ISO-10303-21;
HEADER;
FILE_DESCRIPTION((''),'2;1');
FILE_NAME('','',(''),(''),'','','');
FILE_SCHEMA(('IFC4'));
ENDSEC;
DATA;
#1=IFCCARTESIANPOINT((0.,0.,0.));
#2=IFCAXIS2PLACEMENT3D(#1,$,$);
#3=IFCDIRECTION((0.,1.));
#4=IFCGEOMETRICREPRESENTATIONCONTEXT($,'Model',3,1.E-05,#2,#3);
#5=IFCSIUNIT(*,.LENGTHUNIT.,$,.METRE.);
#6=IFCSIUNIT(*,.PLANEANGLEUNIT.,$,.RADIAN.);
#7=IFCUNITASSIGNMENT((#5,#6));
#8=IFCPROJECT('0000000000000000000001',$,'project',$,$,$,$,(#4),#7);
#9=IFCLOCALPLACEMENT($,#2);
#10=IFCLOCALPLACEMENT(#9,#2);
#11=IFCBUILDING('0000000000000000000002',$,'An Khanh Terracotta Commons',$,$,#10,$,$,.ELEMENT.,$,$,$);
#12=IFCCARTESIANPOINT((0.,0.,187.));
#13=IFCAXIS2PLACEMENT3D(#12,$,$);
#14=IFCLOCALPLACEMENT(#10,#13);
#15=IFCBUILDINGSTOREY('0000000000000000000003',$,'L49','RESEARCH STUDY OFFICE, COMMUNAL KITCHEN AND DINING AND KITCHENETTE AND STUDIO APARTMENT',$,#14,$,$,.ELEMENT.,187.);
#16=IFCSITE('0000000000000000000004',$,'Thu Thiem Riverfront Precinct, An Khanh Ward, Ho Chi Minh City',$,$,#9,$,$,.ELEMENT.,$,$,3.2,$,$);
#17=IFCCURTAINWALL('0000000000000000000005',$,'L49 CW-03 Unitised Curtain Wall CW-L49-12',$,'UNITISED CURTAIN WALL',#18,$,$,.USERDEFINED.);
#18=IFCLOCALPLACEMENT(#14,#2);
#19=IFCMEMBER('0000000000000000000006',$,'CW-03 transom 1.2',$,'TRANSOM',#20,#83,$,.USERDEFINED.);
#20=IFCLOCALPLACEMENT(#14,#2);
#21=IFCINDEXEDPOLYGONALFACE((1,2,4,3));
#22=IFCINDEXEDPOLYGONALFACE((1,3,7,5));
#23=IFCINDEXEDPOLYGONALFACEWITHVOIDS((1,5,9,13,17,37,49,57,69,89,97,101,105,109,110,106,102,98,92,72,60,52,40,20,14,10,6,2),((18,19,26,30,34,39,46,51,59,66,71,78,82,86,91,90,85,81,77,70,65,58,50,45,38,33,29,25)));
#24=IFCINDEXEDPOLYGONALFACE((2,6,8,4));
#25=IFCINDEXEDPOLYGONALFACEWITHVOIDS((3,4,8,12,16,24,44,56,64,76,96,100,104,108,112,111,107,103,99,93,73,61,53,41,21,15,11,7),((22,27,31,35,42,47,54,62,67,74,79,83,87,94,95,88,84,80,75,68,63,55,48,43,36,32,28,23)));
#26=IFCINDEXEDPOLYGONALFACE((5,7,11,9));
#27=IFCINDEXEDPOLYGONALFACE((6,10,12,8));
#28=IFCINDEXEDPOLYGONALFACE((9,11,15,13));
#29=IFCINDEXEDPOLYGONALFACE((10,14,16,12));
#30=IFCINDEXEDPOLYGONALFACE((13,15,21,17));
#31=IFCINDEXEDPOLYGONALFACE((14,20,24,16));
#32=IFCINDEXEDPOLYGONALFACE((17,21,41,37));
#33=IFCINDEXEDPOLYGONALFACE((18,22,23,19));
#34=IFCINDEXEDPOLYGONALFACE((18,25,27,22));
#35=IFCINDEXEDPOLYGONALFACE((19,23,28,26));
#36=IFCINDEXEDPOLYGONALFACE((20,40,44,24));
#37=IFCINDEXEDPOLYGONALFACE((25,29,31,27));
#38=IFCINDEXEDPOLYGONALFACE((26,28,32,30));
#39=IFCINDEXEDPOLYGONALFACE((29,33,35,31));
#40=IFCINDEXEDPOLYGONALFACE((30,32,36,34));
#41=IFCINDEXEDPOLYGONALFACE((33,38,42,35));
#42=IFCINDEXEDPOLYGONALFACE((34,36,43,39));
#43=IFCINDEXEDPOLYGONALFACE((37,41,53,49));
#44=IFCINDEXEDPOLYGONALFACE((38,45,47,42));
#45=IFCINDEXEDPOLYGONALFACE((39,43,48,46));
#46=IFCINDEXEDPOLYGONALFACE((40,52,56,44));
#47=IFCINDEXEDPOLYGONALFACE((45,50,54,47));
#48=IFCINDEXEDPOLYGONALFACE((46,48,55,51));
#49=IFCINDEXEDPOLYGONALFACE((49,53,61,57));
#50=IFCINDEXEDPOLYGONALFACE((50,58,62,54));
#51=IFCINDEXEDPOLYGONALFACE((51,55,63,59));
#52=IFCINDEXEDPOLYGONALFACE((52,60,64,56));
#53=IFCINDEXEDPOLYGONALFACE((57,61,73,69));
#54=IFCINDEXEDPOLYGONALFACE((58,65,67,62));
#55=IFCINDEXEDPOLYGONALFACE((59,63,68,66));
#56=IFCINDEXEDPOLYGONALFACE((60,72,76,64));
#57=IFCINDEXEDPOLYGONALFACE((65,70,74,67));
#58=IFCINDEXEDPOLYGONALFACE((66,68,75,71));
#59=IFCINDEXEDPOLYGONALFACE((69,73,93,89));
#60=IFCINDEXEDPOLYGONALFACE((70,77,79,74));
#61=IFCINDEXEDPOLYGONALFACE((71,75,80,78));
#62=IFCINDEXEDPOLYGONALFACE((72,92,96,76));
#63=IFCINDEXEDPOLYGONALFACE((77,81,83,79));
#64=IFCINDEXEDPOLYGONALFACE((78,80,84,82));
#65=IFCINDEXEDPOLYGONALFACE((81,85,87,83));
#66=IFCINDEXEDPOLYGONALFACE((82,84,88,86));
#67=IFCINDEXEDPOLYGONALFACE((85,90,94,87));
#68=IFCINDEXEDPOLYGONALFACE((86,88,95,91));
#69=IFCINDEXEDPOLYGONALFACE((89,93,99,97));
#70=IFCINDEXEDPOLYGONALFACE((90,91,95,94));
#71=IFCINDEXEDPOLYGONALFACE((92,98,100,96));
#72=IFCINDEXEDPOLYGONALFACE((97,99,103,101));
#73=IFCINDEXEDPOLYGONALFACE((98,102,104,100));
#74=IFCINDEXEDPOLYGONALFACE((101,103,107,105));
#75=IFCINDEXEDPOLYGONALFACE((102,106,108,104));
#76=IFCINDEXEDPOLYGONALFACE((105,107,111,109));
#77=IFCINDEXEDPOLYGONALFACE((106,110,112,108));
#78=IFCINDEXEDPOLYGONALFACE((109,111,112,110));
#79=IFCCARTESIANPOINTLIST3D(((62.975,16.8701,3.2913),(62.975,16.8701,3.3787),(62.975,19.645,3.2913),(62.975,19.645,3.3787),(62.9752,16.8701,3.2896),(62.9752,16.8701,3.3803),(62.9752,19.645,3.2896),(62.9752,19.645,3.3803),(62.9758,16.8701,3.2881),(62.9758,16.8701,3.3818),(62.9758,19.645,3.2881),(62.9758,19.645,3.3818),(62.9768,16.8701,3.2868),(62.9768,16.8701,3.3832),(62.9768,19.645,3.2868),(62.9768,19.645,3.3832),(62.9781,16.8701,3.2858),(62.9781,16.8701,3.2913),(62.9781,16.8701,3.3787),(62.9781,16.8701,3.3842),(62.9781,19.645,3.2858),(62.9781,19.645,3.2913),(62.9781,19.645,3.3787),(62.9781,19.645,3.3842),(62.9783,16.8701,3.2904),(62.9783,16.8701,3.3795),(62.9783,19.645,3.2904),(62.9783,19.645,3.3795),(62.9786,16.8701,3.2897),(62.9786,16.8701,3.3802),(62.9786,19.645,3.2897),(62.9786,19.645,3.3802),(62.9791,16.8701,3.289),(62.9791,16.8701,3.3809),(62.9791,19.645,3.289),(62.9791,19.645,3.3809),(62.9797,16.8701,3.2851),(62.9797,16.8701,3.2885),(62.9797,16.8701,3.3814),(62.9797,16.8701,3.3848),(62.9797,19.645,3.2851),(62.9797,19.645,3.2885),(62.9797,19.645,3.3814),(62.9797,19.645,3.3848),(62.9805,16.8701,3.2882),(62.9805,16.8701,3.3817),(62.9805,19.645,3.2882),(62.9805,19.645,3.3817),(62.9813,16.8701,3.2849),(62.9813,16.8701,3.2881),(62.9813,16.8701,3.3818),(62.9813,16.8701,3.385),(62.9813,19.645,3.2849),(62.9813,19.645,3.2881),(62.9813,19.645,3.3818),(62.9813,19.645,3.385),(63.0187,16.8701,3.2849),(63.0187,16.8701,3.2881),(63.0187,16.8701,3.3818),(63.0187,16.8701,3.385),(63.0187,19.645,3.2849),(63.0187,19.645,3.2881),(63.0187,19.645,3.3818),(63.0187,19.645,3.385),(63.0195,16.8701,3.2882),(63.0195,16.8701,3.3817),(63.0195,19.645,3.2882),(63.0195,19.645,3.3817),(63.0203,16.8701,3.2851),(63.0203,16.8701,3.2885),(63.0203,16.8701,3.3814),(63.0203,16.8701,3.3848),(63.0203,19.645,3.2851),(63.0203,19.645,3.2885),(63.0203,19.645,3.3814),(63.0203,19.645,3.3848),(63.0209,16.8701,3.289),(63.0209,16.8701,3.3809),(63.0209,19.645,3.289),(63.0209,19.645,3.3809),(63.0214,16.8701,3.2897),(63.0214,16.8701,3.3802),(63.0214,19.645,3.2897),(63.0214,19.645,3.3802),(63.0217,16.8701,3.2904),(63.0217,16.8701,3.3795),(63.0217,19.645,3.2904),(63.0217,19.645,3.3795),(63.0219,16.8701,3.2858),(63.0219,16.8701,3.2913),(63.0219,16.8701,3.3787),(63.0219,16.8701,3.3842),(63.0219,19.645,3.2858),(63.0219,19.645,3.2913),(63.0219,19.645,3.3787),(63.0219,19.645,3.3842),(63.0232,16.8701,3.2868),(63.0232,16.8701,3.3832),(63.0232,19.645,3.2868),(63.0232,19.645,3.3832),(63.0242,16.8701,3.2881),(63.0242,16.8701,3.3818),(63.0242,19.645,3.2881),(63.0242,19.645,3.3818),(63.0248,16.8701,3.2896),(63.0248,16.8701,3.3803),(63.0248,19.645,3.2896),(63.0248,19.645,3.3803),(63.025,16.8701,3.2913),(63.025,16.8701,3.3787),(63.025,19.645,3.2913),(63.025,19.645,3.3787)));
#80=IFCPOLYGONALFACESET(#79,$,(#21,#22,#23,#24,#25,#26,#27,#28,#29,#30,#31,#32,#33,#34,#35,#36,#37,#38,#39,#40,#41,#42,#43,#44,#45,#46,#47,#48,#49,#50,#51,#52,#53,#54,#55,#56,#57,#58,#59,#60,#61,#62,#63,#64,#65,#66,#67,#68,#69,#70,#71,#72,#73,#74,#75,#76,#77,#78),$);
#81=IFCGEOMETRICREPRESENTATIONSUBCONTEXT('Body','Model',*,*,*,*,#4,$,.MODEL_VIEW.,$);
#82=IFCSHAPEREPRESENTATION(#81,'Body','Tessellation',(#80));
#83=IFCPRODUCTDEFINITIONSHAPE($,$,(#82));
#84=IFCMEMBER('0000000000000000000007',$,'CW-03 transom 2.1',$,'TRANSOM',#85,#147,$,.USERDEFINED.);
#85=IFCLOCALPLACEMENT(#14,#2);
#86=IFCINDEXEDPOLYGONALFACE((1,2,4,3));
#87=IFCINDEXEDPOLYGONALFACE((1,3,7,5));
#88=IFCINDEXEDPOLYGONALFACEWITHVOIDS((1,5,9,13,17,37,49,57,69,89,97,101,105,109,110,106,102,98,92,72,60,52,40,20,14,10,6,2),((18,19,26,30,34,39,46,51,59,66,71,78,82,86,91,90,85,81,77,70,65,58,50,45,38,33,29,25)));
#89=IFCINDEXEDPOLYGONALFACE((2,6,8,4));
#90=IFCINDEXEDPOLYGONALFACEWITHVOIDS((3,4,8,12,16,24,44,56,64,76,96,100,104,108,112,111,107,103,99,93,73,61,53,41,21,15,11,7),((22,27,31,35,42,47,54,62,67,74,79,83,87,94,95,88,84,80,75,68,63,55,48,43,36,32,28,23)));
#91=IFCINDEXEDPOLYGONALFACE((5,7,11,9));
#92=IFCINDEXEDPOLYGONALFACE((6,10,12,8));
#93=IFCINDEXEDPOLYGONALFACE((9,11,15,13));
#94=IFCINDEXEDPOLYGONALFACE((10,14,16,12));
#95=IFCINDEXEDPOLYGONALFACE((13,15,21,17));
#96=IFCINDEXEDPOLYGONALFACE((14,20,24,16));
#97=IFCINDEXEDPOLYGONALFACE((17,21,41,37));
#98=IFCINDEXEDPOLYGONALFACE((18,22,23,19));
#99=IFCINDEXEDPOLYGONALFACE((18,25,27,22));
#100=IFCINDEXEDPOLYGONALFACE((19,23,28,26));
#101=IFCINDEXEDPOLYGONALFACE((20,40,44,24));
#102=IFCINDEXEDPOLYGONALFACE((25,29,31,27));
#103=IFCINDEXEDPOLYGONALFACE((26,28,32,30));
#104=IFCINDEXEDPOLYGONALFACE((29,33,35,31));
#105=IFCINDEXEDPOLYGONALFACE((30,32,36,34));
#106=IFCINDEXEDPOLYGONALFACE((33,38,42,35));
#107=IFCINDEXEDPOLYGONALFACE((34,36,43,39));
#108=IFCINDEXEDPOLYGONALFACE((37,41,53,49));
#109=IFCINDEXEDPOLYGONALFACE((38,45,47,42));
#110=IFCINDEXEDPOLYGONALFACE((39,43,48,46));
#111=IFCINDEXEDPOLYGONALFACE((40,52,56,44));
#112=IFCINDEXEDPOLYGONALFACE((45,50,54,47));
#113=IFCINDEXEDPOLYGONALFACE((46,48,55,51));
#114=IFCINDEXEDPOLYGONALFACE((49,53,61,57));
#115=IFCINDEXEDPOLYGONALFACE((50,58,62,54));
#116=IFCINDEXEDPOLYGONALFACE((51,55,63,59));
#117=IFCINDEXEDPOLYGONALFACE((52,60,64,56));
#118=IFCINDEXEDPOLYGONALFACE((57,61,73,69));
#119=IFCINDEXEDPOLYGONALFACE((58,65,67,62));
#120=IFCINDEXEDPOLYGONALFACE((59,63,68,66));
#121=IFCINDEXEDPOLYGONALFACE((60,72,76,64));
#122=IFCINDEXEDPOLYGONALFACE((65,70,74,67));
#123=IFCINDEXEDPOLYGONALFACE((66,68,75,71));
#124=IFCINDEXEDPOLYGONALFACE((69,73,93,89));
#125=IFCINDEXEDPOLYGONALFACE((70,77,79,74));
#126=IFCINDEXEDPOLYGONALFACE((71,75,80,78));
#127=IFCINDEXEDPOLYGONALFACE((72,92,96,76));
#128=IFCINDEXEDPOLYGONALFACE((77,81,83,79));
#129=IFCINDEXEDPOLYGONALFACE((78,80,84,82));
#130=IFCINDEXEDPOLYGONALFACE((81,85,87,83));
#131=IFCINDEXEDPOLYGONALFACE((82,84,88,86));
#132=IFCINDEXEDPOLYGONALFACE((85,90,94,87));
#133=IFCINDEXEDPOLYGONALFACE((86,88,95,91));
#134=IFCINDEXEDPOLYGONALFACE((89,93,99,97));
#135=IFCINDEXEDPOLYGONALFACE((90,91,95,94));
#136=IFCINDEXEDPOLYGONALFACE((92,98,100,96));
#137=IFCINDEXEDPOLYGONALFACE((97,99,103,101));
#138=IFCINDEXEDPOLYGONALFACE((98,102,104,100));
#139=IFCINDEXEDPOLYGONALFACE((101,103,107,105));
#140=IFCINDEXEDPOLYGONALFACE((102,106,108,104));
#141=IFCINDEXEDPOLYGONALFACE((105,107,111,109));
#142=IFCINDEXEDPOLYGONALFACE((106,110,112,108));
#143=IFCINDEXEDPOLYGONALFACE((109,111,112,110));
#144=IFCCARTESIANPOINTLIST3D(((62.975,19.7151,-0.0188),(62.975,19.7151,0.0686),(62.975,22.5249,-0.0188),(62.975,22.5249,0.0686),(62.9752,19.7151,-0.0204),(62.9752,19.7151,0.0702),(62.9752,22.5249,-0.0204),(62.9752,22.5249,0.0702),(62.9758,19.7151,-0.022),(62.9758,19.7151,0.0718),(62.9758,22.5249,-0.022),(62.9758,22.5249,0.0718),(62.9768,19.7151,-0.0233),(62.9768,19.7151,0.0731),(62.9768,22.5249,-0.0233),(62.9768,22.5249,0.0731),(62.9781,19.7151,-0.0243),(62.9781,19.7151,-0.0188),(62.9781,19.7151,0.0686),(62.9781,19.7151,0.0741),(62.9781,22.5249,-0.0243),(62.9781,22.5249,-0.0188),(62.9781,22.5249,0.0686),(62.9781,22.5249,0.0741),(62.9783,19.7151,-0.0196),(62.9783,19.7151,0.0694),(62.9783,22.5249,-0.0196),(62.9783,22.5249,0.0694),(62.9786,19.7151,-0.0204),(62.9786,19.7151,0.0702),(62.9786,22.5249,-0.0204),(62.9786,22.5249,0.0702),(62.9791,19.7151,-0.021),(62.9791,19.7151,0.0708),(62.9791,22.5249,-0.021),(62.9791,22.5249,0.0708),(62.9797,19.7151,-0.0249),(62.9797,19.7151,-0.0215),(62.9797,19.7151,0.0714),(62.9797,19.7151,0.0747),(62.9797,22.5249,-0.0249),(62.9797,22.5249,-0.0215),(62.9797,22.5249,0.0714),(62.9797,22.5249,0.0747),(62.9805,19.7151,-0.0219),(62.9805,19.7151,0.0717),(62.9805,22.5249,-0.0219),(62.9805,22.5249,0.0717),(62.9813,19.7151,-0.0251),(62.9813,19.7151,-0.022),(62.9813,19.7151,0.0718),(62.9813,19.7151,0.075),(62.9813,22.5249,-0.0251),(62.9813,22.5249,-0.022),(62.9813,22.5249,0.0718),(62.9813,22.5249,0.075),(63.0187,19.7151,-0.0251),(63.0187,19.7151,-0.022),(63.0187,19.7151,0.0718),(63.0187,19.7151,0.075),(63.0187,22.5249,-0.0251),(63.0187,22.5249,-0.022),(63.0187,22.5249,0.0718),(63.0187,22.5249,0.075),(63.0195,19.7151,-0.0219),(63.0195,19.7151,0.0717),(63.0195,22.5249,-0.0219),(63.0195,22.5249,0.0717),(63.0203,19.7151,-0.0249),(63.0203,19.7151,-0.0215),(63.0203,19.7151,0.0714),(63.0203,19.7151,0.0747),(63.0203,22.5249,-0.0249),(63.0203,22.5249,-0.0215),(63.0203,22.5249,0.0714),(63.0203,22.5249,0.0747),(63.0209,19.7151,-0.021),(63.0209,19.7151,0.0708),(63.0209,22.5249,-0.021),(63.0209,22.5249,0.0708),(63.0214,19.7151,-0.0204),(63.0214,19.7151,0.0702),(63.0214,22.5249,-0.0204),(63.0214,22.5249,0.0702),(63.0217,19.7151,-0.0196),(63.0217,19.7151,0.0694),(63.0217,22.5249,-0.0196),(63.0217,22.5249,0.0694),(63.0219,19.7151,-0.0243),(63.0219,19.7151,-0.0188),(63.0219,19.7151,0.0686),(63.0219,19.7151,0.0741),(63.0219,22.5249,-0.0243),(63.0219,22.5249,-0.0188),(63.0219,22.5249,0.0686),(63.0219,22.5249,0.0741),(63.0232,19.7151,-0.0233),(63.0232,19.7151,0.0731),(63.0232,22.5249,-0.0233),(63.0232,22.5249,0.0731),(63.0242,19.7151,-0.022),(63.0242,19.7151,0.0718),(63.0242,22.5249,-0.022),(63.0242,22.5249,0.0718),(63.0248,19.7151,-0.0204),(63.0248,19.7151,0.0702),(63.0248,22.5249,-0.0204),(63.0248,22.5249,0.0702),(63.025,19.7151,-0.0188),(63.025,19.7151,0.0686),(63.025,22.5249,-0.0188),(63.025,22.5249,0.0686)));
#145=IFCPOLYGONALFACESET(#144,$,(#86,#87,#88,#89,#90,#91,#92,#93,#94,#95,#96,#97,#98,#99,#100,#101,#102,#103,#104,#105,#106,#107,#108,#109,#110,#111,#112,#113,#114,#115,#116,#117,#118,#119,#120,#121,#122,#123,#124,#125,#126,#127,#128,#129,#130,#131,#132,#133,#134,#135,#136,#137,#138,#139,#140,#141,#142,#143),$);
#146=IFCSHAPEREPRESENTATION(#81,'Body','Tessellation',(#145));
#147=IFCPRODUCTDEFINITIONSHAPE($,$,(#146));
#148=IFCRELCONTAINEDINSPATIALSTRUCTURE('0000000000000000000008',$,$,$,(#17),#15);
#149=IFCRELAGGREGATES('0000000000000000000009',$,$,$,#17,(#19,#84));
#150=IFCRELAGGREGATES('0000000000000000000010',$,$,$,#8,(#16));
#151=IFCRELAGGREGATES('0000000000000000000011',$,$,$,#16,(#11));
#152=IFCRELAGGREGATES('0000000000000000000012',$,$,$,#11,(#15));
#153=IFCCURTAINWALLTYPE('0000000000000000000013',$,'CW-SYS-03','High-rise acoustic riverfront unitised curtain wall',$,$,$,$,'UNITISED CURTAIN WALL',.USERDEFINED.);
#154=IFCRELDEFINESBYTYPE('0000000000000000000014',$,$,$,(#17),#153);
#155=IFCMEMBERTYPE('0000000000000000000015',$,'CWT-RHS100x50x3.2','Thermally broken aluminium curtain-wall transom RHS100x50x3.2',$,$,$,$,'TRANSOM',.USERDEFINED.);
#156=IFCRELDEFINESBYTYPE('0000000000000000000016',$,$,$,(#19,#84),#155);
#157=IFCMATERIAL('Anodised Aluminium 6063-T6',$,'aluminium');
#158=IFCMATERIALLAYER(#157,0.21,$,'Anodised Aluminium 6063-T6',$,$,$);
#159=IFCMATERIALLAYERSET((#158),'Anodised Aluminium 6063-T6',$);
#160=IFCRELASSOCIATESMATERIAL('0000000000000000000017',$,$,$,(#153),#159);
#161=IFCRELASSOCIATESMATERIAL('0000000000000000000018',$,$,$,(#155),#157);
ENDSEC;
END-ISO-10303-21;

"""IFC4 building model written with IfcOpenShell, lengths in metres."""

from ifc_helpers import new_model, si_unit, direction, frame, origin, origin_2d, place, context, subcontext, project, spatial, hollow_rectangle, extrude, material, layer, layer_set, material_profile, profile_set, type_object, element, aggregate, save


model = new_model("IFC4")

# Units and contexts
model_context = context("Model", 3, precision=1e-05, world=origin(), true_north=direction((0.0, 1.0)))
body_context = subcontext(model_context, "Body", "Model", "MODEL_VIEW")
ifc_project = project(units=[si_unit("LENGTHUNIT", "METRE"), si_unit("PLANEANGLEUNIT", "RADIAN")], contexts=[model_context])

# Site, building, storey
site_placement = place(None, origin())
site = spatial("IfcSite", under=ifc_project, at=site_placement, Name="Thu Thiem Riverfront Precinct, An Khanh Ward, Ho Chi Minh City", CompositionType="ELEMENT", RefElevation=3.2)
building_placement = place(site_placement, origin())
building = spatial("IfcBuilding", under=site, at=building_placement, Name="An Khanh Terracotta Commons", CompositionType="ELEMENT")
storey_placement = place(building_placement, frame((0.0, 0.0, 187.0)))
storey = spatial("IfcBuildingStorey", under=building, at=storey_placement, Name="L49", Description="RESEARCH STUDY OFFICE, COMMUNAL KITCHEN AND DINING AND KITCHENETTE AND STUDIO APARTMENT", CompositionType="ELEMENT", Elevation=187.0)

# Curtain wall
ifc_material_1 = material(Name="Anodised Aluminium 6063-T6", Category="aluminium")
ifc_layer_1 = layer(ifc_material_1, 0.21, Name="Anodised Aluminium 6063-T6")
ifc_layer_set_1 = layer_set([ifc_layer_1], Name="Anodised Aluminium 6063-T6")
curtain_wall_type = type_object("IfcCurtainWallType", Name="CW-SYS-03", Description="High-rise acoustic riverfront unitised curtain wall", ElementType="UNITISED CURTAIN WALL", PredefinedType="USERDEFINED", material=ifc_layer_set_1)
curtain_wall_1_placement = place(storey_placement, origin())
curtain_wall_1 = element("IfcCurtainWall", 1, at=curtain_wall_1_placement, inside=storey, type_object=curtain_wall_type, Name="L49 CW-03 Unitised Curtain Wall CW-L49-12", ObjectType="UNITISED CURTAIN WALL", PredefinedType="USERDEFINED")

# Members
ifc_material_profile_1 = material_profile(ifc_material_1, hollow_rectangle(XDim=0.05, YDim=0.1001, WallThickness=0.0032, InnerFilletRadius=0.0032, OuterFilletRadius=0.0063, at=origin_2d()), Name="RHS100x50x3.2")
ifc_profile_set_1 = profile_set([ifc_material_profile_1], Name="Anodised Aluminium 6063-T6")
member_type_1 = type_object("IfcMemberType", Name="CWT-RHS100x50x3.2", Description="Thermally broken aluminium curtain-wall transom RHS100x50x3.2", ElementType="TRANSOM", PredefinedType="USERDEFINED", material=ifc_profile_set_1)
member_1_placement = place(storey_placement, frame((63.0, 16.8701, 3.335), z_axis=(0.0, 1.0, 0.0), x_axis=(-1.0, 0.0, 0.0)))
member_1 = element("IfcMember", 2, at=member_1_placement, type_object=member_type_1, Name="CW-03 transom 1.2", ObjectType="TRANSOM", PredefinedType="USERDEFINED", context=body_context, shape_type="SweptSolid", body=[
    extrude(hollow_rectangle(XDim=0.05, YDim=0.1001, WallThickness=0.0032, InnerFilletRadius=0.0032, OuterFilletRadius=0.0063, at=origin_2d()), origin(), (0.0, 0.0, 1.0), 2.7749),
])
member_2_placement = place(storey_placement, frame((63.0, 19.7151, 0.0249), z_axis=(0.0, 1.0, 0.0), x_axis=(-1.0, 0.0, 0.0)))
member_2 = element("IfcMember", 3, at=member_2_placement, type_object=member_type_1, Name="CW-03 transom 2.1", ObjectType="TRANSOM", PredefinedType="USERDEFINED", context=body_context, shape_type="SweptSolid", body=[
    extrude(hollow_rectangle(XDim=0.05, YDim=0.1001, WallThickness=0.0032, InnerFilletRadius=0.0032, OuterFilletRadius=0.0063, at=origin_2d()), origin(), (0.0, 0.0, 1.0), 2.8098),
])

aggregate(curtain_wall_1, [member_1, member_2])

save(model, "model.ifc")
